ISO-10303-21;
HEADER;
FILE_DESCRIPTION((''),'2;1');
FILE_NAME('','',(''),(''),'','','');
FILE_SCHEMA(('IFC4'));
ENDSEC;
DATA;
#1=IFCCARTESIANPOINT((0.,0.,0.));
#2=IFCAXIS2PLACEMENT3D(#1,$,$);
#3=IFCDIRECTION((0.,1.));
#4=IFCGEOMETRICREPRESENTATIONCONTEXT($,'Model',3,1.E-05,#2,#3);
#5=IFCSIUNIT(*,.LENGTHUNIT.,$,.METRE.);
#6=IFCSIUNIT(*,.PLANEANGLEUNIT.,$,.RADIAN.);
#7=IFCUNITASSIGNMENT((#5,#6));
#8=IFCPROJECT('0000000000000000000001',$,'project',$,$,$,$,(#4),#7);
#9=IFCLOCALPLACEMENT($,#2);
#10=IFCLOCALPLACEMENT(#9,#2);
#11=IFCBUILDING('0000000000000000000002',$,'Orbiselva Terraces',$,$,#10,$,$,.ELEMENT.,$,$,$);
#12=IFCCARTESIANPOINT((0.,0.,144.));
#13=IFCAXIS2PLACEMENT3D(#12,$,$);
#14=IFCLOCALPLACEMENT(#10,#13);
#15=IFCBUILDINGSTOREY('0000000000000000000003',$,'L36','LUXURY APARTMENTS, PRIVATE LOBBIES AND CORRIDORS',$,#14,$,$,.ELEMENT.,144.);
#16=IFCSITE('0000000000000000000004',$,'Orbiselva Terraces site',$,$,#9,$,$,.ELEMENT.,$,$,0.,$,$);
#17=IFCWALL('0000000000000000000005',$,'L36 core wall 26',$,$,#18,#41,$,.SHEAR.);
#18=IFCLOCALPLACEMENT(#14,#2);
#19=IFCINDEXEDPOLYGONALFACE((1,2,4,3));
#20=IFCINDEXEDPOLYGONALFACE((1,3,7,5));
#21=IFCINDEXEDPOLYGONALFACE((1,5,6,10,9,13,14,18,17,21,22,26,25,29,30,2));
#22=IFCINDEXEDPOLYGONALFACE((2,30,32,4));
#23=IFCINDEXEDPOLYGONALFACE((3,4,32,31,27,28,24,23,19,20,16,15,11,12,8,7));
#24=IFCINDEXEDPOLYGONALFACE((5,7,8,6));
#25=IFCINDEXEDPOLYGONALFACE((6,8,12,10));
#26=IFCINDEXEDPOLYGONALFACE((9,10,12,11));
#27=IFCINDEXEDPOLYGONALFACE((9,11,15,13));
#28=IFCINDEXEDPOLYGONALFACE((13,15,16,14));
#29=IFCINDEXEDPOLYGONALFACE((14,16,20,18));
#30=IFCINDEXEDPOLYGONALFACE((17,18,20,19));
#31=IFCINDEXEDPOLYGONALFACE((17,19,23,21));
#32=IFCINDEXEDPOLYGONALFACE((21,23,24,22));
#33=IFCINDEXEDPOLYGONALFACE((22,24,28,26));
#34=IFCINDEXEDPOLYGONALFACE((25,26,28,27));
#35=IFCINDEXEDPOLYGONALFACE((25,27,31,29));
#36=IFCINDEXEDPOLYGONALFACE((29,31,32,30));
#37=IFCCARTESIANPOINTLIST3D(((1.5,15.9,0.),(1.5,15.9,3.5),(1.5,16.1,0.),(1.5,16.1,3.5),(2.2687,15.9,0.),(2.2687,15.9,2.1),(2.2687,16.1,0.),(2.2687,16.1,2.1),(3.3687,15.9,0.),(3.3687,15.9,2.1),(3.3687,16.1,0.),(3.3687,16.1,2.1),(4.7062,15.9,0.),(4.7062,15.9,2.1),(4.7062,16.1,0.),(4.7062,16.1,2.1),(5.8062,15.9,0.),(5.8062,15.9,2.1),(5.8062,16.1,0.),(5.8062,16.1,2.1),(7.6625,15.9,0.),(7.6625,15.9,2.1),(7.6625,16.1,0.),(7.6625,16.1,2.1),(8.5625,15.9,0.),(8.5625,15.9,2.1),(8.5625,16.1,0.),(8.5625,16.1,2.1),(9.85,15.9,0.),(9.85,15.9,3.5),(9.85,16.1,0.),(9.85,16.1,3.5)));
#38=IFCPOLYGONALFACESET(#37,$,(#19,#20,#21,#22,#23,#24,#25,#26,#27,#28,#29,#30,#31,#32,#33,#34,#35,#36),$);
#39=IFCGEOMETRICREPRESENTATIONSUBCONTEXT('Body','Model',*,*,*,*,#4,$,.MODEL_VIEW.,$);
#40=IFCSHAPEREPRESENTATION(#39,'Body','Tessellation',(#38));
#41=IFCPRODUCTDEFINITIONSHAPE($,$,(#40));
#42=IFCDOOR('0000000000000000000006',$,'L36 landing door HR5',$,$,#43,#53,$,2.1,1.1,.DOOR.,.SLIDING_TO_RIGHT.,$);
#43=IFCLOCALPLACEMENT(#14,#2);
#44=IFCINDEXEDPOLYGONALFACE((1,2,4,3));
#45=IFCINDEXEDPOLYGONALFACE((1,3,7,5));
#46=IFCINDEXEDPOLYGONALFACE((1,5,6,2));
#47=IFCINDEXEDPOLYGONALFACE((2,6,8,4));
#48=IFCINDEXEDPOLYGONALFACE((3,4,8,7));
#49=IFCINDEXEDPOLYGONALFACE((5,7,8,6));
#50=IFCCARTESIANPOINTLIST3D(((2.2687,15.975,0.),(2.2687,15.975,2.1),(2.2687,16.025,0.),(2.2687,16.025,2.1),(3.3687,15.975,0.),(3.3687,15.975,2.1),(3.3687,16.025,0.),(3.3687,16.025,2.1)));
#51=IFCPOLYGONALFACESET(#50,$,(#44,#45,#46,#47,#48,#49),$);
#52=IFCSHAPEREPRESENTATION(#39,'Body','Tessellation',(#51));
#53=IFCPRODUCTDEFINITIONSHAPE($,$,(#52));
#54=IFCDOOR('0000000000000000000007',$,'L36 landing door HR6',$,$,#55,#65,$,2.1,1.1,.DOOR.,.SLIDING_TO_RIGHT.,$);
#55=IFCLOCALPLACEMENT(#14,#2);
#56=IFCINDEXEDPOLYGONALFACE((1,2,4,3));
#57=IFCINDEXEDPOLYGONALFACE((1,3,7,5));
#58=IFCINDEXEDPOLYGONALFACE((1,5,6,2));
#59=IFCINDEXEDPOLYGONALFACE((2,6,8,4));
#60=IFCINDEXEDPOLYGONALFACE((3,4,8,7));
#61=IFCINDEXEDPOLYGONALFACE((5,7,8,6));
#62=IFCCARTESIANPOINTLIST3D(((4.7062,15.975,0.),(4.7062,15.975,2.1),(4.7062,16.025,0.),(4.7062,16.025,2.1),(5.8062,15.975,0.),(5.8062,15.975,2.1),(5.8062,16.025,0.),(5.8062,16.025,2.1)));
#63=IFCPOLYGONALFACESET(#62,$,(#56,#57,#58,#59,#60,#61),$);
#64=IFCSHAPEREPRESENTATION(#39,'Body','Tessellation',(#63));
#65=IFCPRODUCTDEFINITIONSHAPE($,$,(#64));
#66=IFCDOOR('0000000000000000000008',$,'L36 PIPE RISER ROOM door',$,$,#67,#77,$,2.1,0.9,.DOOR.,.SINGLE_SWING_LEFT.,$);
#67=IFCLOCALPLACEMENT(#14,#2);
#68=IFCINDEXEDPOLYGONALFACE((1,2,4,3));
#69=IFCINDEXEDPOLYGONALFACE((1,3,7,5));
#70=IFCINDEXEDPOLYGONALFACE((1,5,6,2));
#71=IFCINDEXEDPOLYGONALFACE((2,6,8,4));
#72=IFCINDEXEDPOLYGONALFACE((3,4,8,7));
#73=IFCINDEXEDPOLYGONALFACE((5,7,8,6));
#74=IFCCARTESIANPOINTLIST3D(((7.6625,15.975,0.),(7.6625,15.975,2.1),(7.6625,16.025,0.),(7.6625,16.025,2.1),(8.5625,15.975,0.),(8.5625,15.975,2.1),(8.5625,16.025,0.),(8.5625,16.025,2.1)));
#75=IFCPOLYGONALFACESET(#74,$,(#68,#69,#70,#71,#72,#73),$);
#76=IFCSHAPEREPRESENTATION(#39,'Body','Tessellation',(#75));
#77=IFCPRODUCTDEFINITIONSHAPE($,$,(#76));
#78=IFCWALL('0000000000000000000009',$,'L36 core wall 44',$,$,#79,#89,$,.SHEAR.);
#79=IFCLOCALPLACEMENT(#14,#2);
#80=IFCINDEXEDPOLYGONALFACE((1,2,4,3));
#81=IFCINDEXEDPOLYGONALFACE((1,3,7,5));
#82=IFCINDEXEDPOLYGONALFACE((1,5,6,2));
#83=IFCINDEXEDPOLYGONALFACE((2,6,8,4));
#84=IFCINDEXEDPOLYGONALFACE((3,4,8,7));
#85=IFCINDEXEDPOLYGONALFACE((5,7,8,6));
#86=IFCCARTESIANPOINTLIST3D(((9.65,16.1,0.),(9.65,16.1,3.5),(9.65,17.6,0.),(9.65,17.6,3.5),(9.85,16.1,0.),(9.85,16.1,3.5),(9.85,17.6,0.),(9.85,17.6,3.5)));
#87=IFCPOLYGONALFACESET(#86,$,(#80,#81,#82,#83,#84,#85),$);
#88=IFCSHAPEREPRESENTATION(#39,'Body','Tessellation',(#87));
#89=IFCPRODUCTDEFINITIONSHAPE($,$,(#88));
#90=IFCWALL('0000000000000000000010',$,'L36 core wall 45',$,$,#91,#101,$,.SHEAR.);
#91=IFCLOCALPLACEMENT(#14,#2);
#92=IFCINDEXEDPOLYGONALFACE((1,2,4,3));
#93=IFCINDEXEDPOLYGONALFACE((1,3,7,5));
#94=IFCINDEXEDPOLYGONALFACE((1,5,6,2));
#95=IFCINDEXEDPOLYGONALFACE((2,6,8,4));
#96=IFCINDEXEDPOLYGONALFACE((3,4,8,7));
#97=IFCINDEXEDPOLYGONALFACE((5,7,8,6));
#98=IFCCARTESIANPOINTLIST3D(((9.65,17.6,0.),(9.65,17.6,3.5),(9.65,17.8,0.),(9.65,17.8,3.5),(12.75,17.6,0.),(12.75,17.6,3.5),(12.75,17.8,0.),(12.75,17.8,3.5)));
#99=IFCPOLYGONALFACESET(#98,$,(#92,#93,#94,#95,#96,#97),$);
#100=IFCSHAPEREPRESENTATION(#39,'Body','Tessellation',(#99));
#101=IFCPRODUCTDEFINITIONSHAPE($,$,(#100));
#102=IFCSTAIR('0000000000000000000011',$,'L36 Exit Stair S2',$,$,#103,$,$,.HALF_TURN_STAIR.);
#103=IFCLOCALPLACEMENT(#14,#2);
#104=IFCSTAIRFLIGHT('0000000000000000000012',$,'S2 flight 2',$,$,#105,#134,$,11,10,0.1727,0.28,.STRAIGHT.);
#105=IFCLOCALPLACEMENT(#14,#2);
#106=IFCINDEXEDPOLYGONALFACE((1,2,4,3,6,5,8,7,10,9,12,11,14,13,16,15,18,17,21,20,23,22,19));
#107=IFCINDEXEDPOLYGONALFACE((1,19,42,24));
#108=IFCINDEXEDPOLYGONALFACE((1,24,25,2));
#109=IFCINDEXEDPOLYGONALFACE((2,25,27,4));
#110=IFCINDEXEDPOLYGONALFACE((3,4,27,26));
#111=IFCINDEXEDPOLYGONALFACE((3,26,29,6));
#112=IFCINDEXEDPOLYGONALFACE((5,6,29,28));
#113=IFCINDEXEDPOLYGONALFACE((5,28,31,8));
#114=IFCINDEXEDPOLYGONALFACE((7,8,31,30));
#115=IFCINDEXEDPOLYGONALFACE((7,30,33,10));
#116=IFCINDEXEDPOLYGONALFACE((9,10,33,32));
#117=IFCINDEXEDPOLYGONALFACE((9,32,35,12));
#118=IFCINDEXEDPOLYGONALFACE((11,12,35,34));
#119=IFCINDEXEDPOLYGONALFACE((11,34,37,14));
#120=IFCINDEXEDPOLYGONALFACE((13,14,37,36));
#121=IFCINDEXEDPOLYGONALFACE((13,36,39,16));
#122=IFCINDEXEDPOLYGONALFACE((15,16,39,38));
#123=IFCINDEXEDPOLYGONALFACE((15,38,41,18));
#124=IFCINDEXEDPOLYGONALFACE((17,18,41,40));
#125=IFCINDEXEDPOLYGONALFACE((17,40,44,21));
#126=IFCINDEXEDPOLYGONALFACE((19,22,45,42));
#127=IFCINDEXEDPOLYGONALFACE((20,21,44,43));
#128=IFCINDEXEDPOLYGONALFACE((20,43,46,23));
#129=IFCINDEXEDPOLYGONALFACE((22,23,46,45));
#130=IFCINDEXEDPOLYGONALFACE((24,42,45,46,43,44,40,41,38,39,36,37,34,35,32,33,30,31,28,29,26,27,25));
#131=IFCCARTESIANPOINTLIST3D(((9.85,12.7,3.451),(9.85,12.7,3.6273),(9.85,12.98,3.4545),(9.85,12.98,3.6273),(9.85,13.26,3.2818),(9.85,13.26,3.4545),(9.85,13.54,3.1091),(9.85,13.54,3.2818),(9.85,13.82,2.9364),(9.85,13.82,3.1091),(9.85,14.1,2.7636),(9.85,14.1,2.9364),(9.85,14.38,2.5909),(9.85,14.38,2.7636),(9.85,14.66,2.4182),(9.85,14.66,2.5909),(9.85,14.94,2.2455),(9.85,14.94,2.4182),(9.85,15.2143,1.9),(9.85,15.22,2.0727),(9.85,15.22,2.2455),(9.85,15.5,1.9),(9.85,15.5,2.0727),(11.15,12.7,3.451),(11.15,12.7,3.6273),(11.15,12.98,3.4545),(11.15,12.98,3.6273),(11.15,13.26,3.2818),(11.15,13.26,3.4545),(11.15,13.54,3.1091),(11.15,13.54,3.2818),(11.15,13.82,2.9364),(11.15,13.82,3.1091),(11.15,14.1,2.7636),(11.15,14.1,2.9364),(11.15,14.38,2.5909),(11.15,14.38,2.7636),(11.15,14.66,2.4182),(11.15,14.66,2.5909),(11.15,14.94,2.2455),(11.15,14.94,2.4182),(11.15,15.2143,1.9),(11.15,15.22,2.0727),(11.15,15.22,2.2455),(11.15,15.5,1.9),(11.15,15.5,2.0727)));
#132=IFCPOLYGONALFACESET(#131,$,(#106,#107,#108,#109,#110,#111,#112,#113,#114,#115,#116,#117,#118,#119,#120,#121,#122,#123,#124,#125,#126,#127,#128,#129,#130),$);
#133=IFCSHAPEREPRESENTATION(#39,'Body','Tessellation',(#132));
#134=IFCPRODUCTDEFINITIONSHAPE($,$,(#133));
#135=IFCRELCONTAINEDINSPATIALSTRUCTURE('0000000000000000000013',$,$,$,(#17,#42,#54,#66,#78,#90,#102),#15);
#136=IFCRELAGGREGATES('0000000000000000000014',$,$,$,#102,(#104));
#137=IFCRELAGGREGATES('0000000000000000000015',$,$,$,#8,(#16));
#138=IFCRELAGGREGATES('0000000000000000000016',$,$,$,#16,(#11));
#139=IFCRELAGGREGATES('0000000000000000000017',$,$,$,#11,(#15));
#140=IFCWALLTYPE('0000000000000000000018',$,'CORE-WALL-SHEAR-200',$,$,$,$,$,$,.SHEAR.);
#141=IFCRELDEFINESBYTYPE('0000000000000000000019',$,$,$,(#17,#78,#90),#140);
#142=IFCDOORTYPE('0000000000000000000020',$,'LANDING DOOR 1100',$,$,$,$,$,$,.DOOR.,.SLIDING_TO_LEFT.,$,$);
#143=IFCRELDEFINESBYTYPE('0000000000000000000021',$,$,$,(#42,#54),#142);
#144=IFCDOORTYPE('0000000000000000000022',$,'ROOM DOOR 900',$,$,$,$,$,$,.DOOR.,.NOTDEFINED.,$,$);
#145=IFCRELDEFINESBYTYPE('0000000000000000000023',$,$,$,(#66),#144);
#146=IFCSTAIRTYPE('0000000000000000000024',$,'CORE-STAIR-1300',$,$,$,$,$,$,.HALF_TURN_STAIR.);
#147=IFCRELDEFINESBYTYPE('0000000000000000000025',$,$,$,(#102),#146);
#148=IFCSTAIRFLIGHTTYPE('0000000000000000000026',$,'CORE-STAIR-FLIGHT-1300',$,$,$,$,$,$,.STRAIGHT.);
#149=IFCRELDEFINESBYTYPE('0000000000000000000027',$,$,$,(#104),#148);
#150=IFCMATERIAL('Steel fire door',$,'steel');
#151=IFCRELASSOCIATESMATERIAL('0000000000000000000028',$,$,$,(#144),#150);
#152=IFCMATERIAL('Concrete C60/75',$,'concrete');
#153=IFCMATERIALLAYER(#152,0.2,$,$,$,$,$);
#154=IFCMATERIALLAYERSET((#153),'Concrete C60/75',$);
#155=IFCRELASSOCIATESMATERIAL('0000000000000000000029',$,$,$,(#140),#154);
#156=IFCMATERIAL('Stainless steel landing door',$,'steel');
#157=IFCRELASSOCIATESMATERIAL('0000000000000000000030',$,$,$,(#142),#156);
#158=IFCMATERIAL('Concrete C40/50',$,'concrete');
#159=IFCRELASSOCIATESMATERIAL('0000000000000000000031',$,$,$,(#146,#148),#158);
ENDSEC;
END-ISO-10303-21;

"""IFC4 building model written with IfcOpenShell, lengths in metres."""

from ifc_helpers import new_model, si_unit, direction, frame, frame_2d, origin, place, context, subcontext, project, spatial, polyline, rectangle, outline, extrude, material, layer, layer_set, type_object, element, fill, aggregate, save


model = new_model("IFC4")

# Units and contexts
model_context = context("Model", 3, precision=1e-05, world=origin(), true_north=direction((0.0, 1.0)))
body_context = subcontext(model_context, "Body", "Model", "MODEL_VIEW")
ifc_project = project(units=[si_unit("LENGTHUNIT", "METRE"), si_unit("PLANEANGLEUNIT", "RADIAN")], contexts=[model_context])

# Site, building, storey
site_placement = place(None, origin())
site = spatial("IfcSite", under=ifc_project, at=site_placement, Name="Orbiselva Terraces site", CompositionType="ELEMENT", RefElevation=0.0)
building_placement = place(site_placement, origin())
building = spatial("IfcBuilding", under=site, at=building_placement, Name="Orbiselva Terraces", CompositionType="ELEMENT")
storey_placement = place(building_placement, frame((0.0, 0.0, 144.0)))
storey = spatial("IfcBuildingStorey", under=building, at=storey_placement, Name="L36", Description="LUXURY APARTMENTS, PRIVATE LOBBIES AND CORRIDORS", CompositionType="ELEMENT", Elevation=144.0)

# Shared definitions
ifc_material_1 = material(Name="Steel fire door", Category="steel")
door_type_1 = type_object("IfcDoorType", Name="ROOM DOOR 900", OperationType="NOTDEFINED", PredefinedType="DOOR", material=ifc_material_1)

# Shared definitions
ifc_material_2 = material(Name="Concrete C40/50", Category="concrete")
ifc_material_3 = material(Name="Concrete C60/75", Category="concrete")
ifc_layer_1 = layer(ifc_material_3, 0.2)
ifc_layer_set_1 = layer_set([ifc_layer_1], Name="Concrete C60/75")
wall_type_1 = type_object("IfcWallType", Name="CORE-WALL-SHEAR-200", PredefinedType="SHEAR", material=ifc_layer_set_1)

# Wall, openings, doors
wall_1_placement = place(storey_placement, frame((9.85, 16.0, 0.0), z_axis=(0.0, 0.0, 1.0), x_axis=(-1.0, 0.0, 0.0)))
wall_1 = element("IfcWall", 1, at=wall_1_placement, inside=storey, type_object=wall_type_1, Name="L36 core wall 26", PredefinedType="SHEAR", context=body_context, shape_type="SweptSolid", body=[
    extrude(rectangle(XDim=8.35, YDim=0.2, at=frame_2d((4.175, 0.0))), origin(), (0.0, 0.0, 1.0), 3.5),
])
opening_1_placement = place(wall_1_placement, frame((6.4813, 0.0, 0.0)))
opening_1 = element("IfcOpeningElement", 2, at=opening_1_placement, cuts=wall_1, PredefinedType="OPENING", context=body_context, shape_type="SweptSolid", body=[
    extrude(rectangle(XDim=1.1, YDim=2.1, at=frame_2d((0.55, 1.05))), frame((0.0, 0.11, 0.0), z_axis=(0.0, -1.0, 0.0), x_axis=(1.0, 0.0, 0.0)), (0.0, 0.0, 1.0), 0.22),
])
opening_2_placement = place(wall_1_placement, frame((4.0438, 0.0, 0.0)))
opening_2 = element("IfcOpeningElement", 3, at=opening_2_placement, cuts=wall_1, PredefinedType="OPENING", context=body_context, shape_type="SweptSolid", body=[
    extrude(rectangle(XDim=1.1, YDim=2.1, at=frame_2d((0.55, 1.05))), frame((0.0, 0.11, 0.0), z_axis=(0.0, -1.0, 0.0), x_axis=(1.0, 0.0, 0.0)), (0.0, 0.0, 1.0), 0.22),
])
opening_3_placement = place(wall_1_placement, frame((1.2875, 0.0, 0.0)))
opening_3 = element("IfcOpeningElement", 4, at=opening_3_placement, cuts=wall_1, PredefinedType="OPENING", context=body_context, shape_type="SweptSolid", body=[
    extrude(rectangle(XDim=0.9, YDim=2.1, at=frame_2d((0.45, 1.05))), frame((0.0, 0.11, 0.0), z_axis=(0.0, -1.0, 0.0), x_axis=(1.0, 0.0, 0.0)), (0.0, 0.0, 1.0), 0.22),
])
ifc_material_4 = material(Name="Stainless steel landing door", Category="steel")
door_type_2 = type_object("IfcDoorType", Name="LANDING DOOR 1100", OperationType="SLIDING_TO_LEFT", PredefinedType="DOOR", material=ifc_material_4)
door_1_placement = place(opening_1_placement, origin())
door_1 = element("IfcDoor", 5, at=door_1_placement, inside=storey, type_object=door_type_2, Name="L36 landing door HR5", OperationType="SLIDING_TO_RIGHT", OverallHeight=2.1, OverallWidth=1.1, PredefinedType="DOOR", context=body_context, shape_type="SweptSolid", body=[
    extrude(rectangle(XDim=1.1, YDim=2.1, at=frame_2d((0.55, 1.05))), frame((0.0, 0.025, 0.0), z_axis=(0.0, -1.0, 0.0), x_axis=(1.0, 0.0, 0.0)), (0.0, 0.0, 1.0), 0.05),
])
fill(opening_1, door_1)
door_2_placement = place(opening_2_placement, origin())
door_2 = element("IfcDoor", 6, at=door_2_placement, inside=storey, type_object=door_type_2, Name="L36 landing door HR6", OperationType="SLIDING_TO_RIGHT", OverallHeight=2.1, OverallWidth=1.1, PredefinedType="DOOR", context=body_context, shape_type="SweptSolid", body=[
    extrude(rectangle(XDim=1.1, YDim=2.1, at=frame_2d((0.55, 1.05))), frame((0.0, 0.025, 0.0), z_axis=(0.0, -1.0, 0.0), x_axis=(1.0, 0.0, 0.0)), (0.0, 0.0, 1.0), 0.05),
])
fill(opening_2, door_2)
door_3_placement = place(opening_3_placement, origin())
door_3 = element("IfcDoor", 7, at=door_3_placement, inside=storey, type_object=door_type_1, Name="L36 PIPE RISER ROOM door", OperationType="SINGLE_SWING_LEFT", OverallHeight=2.1, OverallWidth=0.9, PredefinedType="DOOR", context=body_context, shape_type="SweptSolid", body=[
    extrude(rectangle(XDim=0.9, YDim=2.1, at=frame_2d((0.45, 1.05))), frame((0.0, 0.025, 0.0), z_axis=(0.0, -1.0, 0.0), x_axis=(1.0, 0.0, 0.0)), (0.0, 0.0, 1.0), 0.05),
])
fill(opening_3, door_3)

# Walls
wall_2_placement = place(storey_placement, frame((9.75, 16.1, 0.0), z_axis=(0.0, 0.0, 1.0), x_axis=(0.0, 1.0, 0.0)))
element("IfcWall", 8, at=wall_2_placement, inside=storey, type_object=wall_type_1, Name="L36 core wall 44", PredefinedType="SHEAR", context=body_context, shape_type="SweptSolid", body=[
    extrude(rectangle(XDim=1.5, YDim=0.2, at=frame_2d((0.75, 0.0))), origin(), (0.0, 0.0, 1.0), 3.5),
])
wall_3_placement = place(storey_placement, frame((9.65, 17.7, 0.0), z_axis=(0.0, 0.0, 1.0), x_axis=(1.0, 0.0, 0.0)))
element("IfcWall", 9, at=wall_3_placement, inside=storey, type_object=wall_type_1, Name="L36 core wall 45", PredefinedType="SHEAR", context=body_context, shape_type="SweptSolid", body=[
    extrude(rectangle(XDim=3.1, YDim=0.2, at=frame_2d((1.55, 0.0))), origin(), (0.0, 0.0, 1.0), 3.5),
])

# Stair, stair flight
stair_type = type_object("IfcStairType", Name="CORE-STAIR-1300", PredefinedType="HALF_TURN_STAIR", material=ifc_material_2)
stair_placement = place(storey_placement, origin())
stair = element("IfcStair", 10, at=stair_placement, inside=storey, type_object=stair_type, Name="L36 Exit Stair S2", PredefinedType="HALF_TURN_STAIR")
stair_flight_type = type_object("IfcStairFlightType", Name="CORE-STAIR-FLIGHT-1300", PredefinedType="STRAIGHT", material=ifc_material_2)
stair_flight_placement = place(storey_placement, frame((10.5, 15.5, 1.9), z_axis=(0.0, 0.0, 1.0), x_axis=(0.0, -1.0, 0.0)))
stair_flight = element("IfcStairFlight", 11, at=stair_flight_placement, type_object=stair_flight_type, Name="S2 flight 2", NumberOfRisers=11, NumberOfTreads=10, PredefinedType="STRAIGHT", RiserHeight=0.1727, TreadLength=0.28, context=body_context, shape_type="SweptSolid", body=[
    extrude(outline(polyline([(0.0, 0.0), (0.0, 0.1727), (0.28, 0.1727), (0.28, 0.3455), (0.56, 0.3455), (0.56, 0.5182), (0.84, 0.5182), (0.84, 0.6909), (1.12, 0.6909), (1.12, 0.8636), (1.4, 0.8636), (1.4, 1.0364), (1.68, 1.0364), (1.68, 1.2091), (1.96, 1.2091), (1.96, 1.3818), (2.24, 1.3818), (2.24, 1.5545), (2.52, 1.5545), (2.52, 1.7273), (2.8, 1.7273), (2.8, 1.9), (2.8, 1.551), (0.2857, 0.0), (0.0, 0.0)])), frame((0.0, 0.65, 0.0), z_axis=(0.0, -1.0, 0.0), x_axis=(1.0, 0.0, 0.0)), (0.0, 0.0, 1.0), 1.3),
])
aggregate(stair, [stair_flight])

save(model, "model.ifc")
